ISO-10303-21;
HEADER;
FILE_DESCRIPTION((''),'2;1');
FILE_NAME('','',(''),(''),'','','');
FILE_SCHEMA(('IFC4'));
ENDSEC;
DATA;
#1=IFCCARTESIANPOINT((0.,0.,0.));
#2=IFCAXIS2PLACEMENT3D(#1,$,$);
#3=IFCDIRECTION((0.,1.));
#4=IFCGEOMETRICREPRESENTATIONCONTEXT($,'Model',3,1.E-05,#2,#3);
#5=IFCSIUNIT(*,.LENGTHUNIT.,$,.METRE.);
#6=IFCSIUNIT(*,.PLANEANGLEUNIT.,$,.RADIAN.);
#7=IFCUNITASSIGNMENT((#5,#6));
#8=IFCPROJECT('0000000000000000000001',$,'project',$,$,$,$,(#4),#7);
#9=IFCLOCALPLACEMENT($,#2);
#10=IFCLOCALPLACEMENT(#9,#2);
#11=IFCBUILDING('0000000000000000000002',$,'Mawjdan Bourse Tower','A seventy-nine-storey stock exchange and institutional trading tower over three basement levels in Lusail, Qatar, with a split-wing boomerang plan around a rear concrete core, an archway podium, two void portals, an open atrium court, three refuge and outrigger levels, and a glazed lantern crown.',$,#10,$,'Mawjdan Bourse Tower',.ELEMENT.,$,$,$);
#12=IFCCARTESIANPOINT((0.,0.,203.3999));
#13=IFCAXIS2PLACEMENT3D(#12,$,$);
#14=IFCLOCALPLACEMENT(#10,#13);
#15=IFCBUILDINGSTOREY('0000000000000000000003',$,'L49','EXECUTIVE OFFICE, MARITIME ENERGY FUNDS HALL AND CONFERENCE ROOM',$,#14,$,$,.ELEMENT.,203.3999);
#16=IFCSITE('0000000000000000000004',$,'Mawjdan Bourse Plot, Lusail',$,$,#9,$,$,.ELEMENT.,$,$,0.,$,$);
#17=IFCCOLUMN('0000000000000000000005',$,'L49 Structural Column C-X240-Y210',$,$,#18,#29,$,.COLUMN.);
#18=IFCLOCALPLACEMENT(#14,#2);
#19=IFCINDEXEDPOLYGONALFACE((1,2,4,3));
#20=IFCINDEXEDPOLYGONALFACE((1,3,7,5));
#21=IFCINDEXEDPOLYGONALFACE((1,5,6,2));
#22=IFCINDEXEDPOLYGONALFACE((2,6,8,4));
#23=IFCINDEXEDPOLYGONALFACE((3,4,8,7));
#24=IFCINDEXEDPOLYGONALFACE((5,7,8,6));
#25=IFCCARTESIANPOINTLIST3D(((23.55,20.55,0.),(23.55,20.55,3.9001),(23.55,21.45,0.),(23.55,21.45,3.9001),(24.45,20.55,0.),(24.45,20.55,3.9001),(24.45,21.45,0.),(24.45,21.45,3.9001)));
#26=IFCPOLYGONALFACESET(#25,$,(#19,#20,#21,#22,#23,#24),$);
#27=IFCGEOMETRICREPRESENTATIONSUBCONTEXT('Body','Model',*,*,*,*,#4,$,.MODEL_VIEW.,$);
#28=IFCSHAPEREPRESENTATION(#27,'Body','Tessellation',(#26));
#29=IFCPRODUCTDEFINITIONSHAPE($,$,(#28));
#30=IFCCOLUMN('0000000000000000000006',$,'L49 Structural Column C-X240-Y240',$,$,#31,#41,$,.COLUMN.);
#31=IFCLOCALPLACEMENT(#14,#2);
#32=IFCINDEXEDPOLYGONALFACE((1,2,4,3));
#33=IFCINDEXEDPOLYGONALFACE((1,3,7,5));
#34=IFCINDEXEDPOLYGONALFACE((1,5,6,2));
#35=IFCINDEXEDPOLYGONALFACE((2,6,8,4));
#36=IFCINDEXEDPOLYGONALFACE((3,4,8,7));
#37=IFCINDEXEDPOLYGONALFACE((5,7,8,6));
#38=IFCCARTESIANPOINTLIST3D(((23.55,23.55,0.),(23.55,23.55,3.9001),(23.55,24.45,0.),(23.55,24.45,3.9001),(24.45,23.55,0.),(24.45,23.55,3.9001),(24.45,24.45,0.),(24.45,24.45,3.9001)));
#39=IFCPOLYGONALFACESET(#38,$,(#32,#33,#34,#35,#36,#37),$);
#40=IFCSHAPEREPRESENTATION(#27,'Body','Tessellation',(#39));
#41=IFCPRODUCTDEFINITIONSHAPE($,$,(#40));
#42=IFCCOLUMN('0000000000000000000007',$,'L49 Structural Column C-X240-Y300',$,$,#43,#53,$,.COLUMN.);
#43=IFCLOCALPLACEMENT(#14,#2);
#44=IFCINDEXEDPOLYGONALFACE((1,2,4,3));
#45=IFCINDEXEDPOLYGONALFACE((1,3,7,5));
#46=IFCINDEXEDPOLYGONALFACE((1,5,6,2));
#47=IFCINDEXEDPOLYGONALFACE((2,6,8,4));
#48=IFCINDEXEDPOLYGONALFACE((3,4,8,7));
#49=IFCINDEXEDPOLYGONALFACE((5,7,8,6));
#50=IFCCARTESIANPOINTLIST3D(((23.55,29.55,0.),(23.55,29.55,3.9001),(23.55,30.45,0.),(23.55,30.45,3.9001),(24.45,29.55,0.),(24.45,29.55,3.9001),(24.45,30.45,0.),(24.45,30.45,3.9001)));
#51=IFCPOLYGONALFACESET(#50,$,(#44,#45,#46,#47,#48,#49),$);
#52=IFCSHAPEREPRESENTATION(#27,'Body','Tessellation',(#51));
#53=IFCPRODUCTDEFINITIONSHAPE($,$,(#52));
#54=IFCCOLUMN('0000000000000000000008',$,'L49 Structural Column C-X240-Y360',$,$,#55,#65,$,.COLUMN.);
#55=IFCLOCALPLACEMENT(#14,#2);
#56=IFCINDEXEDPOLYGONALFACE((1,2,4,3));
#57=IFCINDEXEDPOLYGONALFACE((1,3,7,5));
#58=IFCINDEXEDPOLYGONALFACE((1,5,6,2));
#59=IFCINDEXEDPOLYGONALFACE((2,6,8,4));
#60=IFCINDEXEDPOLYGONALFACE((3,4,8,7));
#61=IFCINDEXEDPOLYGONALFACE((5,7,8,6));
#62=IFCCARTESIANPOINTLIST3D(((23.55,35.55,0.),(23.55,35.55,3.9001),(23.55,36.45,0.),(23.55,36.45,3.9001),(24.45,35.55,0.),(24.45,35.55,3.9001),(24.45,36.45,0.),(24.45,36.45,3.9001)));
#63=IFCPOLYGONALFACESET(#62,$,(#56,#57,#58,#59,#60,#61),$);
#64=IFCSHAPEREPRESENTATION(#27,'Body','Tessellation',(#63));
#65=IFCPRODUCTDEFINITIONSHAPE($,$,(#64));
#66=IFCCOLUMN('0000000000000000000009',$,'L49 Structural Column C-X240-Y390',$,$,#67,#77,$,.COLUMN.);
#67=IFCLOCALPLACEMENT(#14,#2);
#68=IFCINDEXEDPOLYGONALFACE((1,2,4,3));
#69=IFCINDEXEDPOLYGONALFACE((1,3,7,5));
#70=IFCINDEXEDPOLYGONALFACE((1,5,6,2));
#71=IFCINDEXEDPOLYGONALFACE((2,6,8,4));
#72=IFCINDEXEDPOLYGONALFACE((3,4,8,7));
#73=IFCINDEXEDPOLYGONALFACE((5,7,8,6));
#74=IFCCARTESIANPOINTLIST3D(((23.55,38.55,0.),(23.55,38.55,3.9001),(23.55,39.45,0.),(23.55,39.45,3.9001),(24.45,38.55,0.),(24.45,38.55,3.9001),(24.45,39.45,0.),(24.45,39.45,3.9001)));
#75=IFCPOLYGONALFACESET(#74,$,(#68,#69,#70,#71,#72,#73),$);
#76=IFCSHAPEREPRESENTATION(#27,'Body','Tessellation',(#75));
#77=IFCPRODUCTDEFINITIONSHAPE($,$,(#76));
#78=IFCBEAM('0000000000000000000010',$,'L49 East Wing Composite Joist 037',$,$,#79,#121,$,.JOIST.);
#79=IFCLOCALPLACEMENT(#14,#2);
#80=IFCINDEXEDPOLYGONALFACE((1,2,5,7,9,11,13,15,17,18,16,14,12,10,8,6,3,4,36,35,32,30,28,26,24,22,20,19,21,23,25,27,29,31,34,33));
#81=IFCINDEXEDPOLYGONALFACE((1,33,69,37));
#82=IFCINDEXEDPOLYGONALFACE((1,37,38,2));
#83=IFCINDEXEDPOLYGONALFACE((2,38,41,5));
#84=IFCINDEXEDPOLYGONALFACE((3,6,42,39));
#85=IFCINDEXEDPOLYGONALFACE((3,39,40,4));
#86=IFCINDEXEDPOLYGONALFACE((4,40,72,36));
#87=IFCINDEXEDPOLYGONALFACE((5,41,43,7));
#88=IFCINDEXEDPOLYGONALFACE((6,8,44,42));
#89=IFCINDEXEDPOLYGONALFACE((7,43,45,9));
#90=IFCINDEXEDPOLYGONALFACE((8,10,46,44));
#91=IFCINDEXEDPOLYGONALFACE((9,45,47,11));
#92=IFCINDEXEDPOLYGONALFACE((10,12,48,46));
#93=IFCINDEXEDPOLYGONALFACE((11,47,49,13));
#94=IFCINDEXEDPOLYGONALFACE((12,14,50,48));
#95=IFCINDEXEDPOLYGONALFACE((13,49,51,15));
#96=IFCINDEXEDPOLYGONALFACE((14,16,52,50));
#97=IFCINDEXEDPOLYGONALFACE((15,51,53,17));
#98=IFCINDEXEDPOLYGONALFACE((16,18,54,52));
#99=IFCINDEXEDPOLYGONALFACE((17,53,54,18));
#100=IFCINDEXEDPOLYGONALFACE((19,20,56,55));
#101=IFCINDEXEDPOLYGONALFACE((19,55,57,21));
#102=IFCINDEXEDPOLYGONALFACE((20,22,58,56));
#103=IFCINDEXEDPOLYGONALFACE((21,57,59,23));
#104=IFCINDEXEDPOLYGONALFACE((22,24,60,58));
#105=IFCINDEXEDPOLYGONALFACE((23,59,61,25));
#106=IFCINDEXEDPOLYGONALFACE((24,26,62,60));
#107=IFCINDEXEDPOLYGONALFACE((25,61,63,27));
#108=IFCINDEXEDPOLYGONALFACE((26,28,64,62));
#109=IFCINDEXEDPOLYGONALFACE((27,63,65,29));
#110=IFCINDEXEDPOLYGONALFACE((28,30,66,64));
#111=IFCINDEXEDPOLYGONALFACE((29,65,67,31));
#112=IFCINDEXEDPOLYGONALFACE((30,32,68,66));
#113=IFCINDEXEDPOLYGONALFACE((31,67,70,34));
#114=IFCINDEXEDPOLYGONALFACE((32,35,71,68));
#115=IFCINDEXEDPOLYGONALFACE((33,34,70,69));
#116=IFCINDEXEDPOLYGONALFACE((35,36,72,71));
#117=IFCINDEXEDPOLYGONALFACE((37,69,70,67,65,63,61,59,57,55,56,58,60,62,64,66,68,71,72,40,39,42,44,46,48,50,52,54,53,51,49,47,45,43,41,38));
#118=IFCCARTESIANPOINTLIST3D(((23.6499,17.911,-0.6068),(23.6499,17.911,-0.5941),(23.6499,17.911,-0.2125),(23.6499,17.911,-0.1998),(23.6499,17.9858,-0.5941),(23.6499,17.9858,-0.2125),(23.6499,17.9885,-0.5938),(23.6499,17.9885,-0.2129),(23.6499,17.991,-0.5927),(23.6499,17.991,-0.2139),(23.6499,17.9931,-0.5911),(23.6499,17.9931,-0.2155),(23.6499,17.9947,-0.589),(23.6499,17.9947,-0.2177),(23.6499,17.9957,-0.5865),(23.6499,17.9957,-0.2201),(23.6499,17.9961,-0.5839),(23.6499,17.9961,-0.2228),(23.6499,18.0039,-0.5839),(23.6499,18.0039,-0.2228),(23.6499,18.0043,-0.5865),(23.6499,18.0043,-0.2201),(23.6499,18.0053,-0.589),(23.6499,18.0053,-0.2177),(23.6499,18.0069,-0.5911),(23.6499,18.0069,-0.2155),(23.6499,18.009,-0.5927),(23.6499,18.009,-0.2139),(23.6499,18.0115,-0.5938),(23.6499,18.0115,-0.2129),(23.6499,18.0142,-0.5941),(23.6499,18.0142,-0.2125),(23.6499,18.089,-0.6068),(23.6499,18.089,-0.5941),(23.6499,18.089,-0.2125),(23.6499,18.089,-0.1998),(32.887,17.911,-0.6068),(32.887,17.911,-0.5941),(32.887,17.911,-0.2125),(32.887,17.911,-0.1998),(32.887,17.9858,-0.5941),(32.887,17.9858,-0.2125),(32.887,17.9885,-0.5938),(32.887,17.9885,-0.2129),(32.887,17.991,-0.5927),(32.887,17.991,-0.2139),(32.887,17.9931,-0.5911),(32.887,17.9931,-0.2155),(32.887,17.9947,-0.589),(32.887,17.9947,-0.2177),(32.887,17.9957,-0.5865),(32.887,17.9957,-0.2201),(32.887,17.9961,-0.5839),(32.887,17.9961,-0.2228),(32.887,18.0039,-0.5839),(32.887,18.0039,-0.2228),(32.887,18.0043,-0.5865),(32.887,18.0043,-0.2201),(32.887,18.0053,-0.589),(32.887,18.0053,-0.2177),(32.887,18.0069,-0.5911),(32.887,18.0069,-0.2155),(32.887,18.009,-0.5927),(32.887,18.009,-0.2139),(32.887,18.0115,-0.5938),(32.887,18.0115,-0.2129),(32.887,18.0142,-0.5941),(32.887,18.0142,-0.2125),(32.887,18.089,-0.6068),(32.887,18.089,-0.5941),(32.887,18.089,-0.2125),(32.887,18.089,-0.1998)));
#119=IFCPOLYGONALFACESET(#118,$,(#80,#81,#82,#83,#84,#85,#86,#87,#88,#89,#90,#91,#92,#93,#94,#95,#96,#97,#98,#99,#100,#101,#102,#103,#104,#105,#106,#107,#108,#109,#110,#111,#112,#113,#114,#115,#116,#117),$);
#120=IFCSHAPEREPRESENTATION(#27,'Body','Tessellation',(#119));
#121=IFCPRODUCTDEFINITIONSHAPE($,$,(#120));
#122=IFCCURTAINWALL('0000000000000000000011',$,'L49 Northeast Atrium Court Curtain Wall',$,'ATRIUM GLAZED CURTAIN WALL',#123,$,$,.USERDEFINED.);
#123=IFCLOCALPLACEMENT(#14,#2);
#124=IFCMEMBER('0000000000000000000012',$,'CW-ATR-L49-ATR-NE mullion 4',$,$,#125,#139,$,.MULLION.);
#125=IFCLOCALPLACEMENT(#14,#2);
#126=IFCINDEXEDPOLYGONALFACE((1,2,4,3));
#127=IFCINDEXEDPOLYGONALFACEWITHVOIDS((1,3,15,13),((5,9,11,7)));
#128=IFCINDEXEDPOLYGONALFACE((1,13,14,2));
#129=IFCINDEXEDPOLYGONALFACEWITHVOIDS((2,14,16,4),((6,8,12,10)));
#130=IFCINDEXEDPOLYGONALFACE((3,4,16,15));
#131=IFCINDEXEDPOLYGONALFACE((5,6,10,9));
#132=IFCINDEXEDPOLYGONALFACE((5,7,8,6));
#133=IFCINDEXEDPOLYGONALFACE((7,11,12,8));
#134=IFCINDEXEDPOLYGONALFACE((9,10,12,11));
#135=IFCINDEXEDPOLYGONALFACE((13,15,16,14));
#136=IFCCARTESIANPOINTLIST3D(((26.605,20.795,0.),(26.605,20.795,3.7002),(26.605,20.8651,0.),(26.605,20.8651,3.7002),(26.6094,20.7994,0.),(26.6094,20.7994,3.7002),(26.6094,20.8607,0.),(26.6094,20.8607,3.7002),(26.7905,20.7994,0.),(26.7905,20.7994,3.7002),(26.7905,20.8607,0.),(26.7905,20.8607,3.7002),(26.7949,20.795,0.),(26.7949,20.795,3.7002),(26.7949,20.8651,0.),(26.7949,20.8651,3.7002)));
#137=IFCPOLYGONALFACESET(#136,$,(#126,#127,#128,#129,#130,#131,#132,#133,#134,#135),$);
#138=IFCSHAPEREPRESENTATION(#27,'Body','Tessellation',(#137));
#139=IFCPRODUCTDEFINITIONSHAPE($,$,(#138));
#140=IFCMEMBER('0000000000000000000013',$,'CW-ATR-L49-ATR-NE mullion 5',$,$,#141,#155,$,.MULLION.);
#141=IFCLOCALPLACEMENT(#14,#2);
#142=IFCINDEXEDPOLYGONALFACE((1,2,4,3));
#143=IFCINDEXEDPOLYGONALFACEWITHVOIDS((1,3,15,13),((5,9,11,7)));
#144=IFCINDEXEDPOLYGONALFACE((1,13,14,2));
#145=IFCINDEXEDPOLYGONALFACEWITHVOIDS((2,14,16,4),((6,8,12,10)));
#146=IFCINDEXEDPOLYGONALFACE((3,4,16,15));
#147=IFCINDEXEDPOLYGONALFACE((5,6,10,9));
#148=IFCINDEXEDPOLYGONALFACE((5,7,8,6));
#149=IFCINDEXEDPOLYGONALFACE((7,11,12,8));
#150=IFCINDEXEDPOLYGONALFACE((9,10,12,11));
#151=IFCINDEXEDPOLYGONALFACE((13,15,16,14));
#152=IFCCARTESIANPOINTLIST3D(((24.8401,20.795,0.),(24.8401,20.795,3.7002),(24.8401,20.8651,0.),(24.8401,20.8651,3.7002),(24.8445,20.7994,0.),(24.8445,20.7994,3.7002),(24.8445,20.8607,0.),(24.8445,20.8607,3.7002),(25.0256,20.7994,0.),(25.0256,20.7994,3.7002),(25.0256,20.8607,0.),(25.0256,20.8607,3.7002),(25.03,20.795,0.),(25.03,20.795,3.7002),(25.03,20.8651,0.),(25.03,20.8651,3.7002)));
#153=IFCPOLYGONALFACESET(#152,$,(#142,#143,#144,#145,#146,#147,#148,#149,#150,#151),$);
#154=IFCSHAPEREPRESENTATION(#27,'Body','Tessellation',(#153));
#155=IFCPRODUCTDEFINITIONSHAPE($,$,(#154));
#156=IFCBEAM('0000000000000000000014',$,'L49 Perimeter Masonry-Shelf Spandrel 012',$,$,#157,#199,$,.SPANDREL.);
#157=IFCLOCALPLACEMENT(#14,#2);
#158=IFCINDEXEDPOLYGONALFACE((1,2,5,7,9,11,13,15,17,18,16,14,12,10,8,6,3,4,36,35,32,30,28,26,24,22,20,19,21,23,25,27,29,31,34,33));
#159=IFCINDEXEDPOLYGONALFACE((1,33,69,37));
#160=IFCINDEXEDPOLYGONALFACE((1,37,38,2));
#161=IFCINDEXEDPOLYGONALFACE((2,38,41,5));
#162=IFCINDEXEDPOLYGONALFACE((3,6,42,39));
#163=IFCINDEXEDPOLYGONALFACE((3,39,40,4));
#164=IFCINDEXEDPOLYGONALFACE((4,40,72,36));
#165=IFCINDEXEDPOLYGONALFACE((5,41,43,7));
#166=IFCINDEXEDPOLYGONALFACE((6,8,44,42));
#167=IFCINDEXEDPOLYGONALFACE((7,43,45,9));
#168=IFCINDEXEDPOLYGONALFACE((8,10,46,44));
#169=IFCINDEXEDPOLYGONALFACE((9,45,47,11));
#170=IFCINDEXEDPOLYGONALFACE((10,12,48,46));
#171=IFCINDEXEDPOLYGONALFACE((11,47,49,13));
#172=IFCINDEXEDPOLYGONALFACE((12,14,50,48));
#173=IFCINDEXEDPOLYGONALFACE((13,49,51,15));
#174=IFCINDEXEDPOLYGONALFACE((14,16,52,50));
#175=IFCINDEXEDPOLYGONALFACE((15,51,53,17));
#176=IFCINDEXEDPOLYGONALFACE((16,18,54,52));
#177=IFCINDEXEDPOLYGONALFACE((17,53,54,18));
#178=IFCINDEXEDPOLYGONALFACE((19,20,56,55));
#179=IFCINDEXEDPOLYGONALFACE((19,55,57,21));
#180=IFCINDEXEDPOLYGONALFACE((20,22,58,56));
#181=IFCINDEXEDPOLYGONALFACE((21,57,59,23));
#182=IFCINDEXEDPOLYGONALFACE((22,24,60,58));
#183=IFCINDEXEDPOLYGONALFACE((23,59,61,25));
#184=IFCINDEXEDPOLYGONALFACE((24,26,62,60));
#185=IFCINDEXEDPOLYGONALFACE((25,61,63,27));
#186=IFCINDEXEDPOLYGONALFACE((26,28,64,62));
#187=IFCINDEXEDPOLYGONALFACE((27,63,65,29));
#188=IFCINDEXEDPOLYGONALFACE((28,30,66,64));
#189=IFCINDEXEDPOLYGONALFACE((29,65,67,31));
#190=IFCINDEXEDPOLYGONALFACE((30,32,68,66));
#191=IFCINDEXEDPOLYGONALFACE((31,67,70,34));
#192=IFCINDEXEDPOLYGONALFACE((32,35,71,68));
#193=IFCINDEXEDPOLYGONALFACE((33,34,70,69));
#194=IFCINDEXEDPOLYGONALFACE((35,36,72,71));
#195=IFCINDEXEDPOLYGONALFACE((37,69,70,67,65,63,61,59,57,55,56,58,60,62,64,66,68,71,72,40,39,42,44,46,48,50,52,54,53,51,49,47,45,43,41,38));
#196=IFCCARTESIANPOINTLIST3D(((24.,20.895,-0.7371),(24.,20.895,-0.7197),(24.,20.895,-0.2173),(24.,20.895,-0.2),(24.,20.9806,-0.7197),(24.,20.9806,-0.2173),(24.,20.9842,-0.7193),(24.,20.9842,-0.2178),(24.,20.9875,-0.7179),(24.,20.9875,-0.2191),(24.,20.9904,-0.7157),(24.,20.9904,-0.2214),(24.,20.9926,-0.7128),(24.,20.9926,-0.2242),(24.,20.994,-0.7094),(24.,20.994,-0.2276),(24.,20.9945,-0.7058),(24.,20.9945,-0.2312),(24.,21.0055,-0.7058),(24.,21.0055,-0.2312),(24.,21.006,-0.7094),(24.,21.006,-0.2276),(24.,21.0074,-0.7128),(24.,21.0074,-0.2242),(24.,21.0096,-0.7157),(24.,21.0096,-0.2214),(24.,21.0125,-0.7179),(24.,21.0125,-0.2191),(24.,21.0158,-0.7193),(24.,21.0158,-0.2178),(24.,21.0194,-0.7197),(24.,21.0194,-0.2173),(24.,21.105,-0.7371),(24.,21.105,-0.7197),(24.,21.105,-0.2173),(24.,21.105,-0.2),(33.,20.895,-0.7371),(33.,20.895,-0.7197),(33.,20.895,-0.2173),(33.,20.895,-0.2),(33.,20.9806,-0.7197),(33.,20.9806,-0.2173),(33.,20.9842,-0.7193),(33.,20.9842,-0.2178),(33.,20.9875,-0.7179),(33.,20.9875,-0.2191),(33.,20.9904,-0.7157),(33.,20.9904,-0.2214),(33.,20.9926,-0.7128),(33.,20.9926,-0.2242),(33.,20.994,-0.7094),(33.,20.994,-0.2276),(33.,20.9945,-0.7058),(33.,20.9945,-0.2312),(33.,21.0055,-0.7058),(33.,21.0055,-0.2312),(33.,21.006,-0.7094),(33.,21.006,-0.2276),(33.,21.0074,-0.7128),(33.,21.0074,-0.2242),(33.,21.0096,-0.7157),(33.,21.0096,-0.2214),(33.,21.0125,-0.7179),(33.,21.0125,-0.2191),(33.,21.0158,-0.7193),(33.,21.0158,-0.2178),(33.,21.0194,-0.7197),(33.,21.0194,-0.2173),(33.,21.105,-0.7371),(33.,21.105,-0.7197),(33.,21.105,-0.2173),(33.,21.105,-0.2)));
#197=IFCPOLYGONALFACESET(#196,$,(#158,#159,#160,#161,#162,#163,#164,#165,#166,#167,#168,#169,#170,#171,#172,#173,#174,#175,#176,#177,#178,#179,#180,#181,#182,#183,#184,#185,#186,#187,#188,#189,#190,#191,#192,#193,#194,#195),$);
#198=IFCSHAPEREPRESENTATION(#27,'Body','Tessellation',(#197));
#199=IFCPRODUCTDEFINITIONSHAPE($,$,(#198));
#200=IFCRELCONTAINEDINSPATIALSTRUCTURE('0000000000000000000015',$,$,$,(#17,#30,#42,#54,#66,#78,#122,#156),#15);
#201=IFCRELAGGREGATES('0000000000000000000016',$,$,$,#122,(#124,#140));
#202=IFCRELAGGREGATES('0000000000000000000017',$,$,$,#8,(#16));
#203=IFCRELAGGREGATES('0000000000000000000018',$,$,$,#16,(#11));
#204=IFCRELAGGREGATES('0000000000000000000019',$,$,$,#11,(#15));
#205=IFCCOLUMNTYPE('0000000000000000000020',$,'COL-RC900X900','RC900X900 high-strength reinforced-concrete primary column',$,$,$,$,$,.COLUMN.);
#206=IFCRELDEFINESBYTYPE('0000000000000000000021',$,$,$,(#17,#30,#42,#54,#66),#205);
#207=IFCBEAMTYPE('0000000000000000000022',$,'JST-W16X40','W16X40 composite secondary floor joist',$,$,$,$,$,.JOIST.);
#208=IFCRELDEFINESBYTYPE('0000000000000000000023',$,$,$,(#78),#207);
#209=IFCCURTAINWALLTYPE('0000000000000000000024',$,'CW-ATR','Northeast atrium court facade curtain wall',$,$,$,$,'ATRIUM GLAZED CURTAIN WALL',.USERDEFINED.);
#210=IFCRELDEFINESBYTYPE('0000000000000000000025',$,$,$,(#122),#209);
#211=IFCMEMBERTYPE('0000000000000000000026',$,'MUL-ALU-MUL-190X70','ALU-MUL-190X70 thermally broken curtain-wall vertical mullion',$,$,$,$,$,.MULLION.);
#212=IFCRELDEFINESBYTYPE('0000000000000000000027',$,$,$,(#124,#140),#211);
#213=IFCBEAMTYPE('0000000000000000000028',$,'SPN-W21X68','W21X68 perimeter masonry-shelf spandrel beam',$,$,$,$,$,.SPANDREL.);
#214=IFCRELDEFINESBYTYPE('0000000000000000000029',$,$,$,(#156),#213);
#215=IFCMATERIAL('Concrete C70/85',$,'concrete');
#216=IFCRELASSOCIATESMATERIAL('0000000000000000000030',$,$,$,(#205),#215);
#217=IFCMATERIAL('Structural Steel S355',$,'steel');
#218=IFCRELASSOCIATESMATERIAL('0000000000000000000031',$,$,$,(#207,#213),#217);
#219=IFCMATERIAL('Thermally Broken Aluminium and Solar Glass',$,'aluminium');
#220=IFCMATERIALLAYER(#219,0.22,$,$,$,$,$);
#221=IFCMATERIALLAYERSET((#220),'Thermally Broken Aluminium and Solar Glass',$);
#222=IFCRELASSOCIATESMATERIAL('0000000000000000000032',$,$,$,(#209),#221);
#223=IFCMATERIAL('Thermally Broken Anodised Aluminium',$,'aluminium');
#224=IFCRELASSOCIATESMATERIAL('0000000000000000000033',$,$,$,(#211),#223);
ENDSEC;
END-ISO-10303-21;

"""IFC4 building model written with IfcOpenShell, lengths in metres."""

from ifc_helpers import new_model, si_unit, direction, frame, origin, origin_2d, place, context, subcontext, project, spatial, rectangle, hollow_rectangle, i_section, extrude, material, layer, layer_set, material_profile, profile_set, type_object, element, aggregate, save


model = new_model("IFC4")

# Units and contexts
model_context = context("Model", 3, precision=1e-05, world=origin(), true_north=direction((0.0, 1.0)))
body_context = subcontext(model_context, "Body", "Model", "MODEL_VIEW")
ifc_project = project(units=[si_unit("LENGTHUNIT", "METRE"), si_unit("PLANEANGLEUNIT", "RADIAN")], contexts=[model_context])

# Site, building, storey
site_placement = place(None, origin())
site = spatial("IfcSite", under=ifc_project, at=site_placement, Name="Mawjdan Bourse Plot, Lusail", CompositionType="ELEMENT", RefElevation=0.0)
building_placement = place(site_placement, origin())
building = spatial("IfcBuilding", under=site, at=building_placement, Name="Mawjdan Bourse Tower", Description="A seventy-nine-storey stock exchange and institutional trading tower over three basement levels in Lusail, Qatar, with a split-wing boomerang plan around a rear concrete core, an archway podium, two void portals, an open atrium court, three refuge and outrigger levels, and a glazed lantern crown.", LongName="Mawjdan Bourse Tower", CompositionType="ELEMENT")
storey_placement = place(building_placement, frame((0.0, 0.0, 203.3999)))
storey = spatial("IfcBuildingStorey", under=building, at=storey_placement, Name="L49", Description="EXECUTIVE OFFICE, MARITIME ENERGY FUNDS HALL AND CONFERENCE ROOM", CompositionType="ELEMENT", Elevation=203.3999)

# Columns
ifc_material_1 = material(Name="Concrete C70/85", Category="concrete")
ifc_material_profile_1 = material_profile(ifc_material_1, rectangle(XDim=0.8999, YDim=0.8999, at=origin_2d()), Name="RC900X900")
ifc_profile_set_1 = profile_set([ifc_material_profile_1], Name="Concrete C70/85")
column_type = type_object("IfcColumnType", Name="COL-RC900X900", Description="RC900X900 high-strength reinforced-concrete primary column", PredefinedType="COLUMN", material=ifc_profile_set_1)
for number, where, z_axis, x_axis, name in (
    (1, (24.0, 21.0, 0.0), (0.0, 0.0, 1.0), (1.0, 0.0, 0.0), "L49 Structural Column C-X240-Y210"),
    (2, (24.0, 24.0, 0.0), (0.0, 0.0, 1.0), (1.0, 0.0, 0.0), "L49 Structural Column C-X240-Y240"),
    (3, (24.0, 30.0, 0.0), (0.0, 0.0, 1.0), (1.0, 0.0, 0.0), "L49 Structural Column C-X240-Y300"),
    (4, (24.0, 36.0, 0.0), (0.0, 0.0, 1.0), (1.0, 0.0, 0.0), "L49 Structural Column C-X240-Y360"),
    (5, (24.0, 39.0, 0.0), (0.0, 0.0, 1.0), (1.0, 0.0, 0.0), "L49 Structural Column C-X240-Y390"),
):
    element("IfcColumn", number, at=place(storey_placement, frame(where, z_axis=z_axis, x_axis=x_axis)), inside=storey, type_object=column_type, Name=name, PredefinedType="COLUMN", context=body_context, shape_type="SweptSolid", body=[
        extrude(rectangle(XDim=0.8999, YDim=0.8999, at=origin_2d()), origin(), (0.0, 0.0, 1.0), 3.9001),
    ])

# Beam
ifc_material_2 = material(Name="Structural Steel S355", Category="steel")
ifc_material_profile_2 = material_profile(ifc_material_2, i_section(OverallWidth=0.178, OverallDepth=0.407, WebThickness=0.0078, FlangeThickness=0.0127, FilletRadius=0.0103, at=origin_2d()), Name="W16X40")
ifc_profile_set_2 = profile_set([ifc_material_profile_2], Name="Structural Steel S355")
beam_type_1 = type_object("IfcBeamType", Name="JST-W16X40", Description="W16X40 composite secondary floor joist", PredefinedType="JOIST", material=ifc_profile_set_2)
beam_1_placement = place(storey_placement, frame((23.6499, 18.0, -0.4033), z_axis=(1.0, 0.0, 0.0), x_axis=(0.0, 1.0, 0.0)))
element("IfcBeam", 6, at=beam_1_placement, inside=storey, type_object=beam_type_1, Name="L49 East Wing Composite Joist 037", PredefinedType="JOIST", context=body_context, shape_type="SweptSolid", body=[
    extrude(i_section(OverallWidth=0.178, OverallDepth=0.407, WebThickness=0.0078, FlangeThickness=0.0127, FilletRadius=0.0103, at=origin_2d()), origin(), (0.0, 0.0, 1.0), 9.2371),
])

# Curtain wall, members
ifc_material_3 = material(Name="Thermally Broken Aluminium and Solar Glass", Category="aluminium")
ifc_layer_1 = layer(ifc_material_3, 0.22)
ifc_layer_set_1 = layer_set([ifc_layer_1], Name="Thermally Broken Aluminium and Solar Glass")
curtain_wall_type = type_object("IfcCurtainWallType", Name="CW-ATR", Description="Northeast atrium court facade curtain wall", ElementType="ATRIUM GLAZED CURTAIN WALL", PredefinedType="USERDEFINED", material=ifc_layer_set_1)
curtain_wall_placement = place(storey_placement, origin())
curtain_wall = element("IfcCurtainWall", 7, at=curtain_wall_placement, inside=storey, type_object=curtain_wall_type, Name="L49 Northeast Atrium Court Curtain Wall", ObjectType="ATRIUM GLAZED CURTAIN WALL", PredefinedType="USERDEFINED")
ifc_material_4 = material(Name="Thermally Broken Anodised Aluminium", Category="aluminium")
ifc_material_profile_3 = material_profile(ifc_material_4, hollow_rectangle(XDim=0.0701, YDim=0.1899, WallThickness=0.0044, at=origin_2d()), Name="ALU-MUL-190X70")
ifc_profile_set_3 = profile_set([ifc_material_profile_3], Name="Thermally Broken Anodised Aluminium")
member_type_1 = type_object("IfcMemberType", Name="MUL-ALU-MUL-190X70", Description="ALU-MUL-190X70 thermally broken curtain-wall vertical mullion", PredefinedType="MULLION", material=ifc_profile_set_3)
member_1_placement = place(storey_placement, frame((26.7, 20.8301, 0.0), z_axis=(0.0, 0.0, 1.0), x_axis=(0.0, -1.0, 0.0)))
member_1 = element("IfcMember", 8, at=member_1_placement, type_object=member_type_1, Name="CW-ATR-L49-ATR-NE mullion 4", PredefinedType="MULLION", context=body_context, shape_type="SweptSolid", body=[
    extrude(hollow_rectangle(XDim=0.0701, YDim=0.1899, WallThickness=0.0044, at=origin_2d()), origin(), (0.0, 0.0, 1.0), 3.7002),
])
member_2_placement = place(storey_placement, frame((24.9351, 20.8301, 0.0), z_axis=(0.0, 0.0, 1.0), x_axis=(0.0, -1.0, 0.0)))
member_2 = element("IfcMember", 9, at=member_2_placement, type_object=member_type_1, Name="CW-ATR-L49-ATR-NE mullion 5", PredefinedType="MULLION", context=body_context, shape_type="SweptSolid", body=[
    extrude(hollow_rectangle(XDim=0.0701, YDim=0.1899, WallThickness=0.0044, at=origin_2d()), origin(), (0.0, 0.0, 1.0), 3.7002),
])

# Beam
ifc_material_profile_4 = material_profile(ifc_material_2, i_section(OverallWidth=0.21, OverallDepth=0.5371, WebThickness=0.011, FlangeThickness=0.0173, FilletRadius=0.0139, at=origin_2d()), Name="W21X68")
ifc_profile_set_4 = profile_set([ifc_material_profile_4], Name="Structural Steel S355")
beam_type_2 = type_object("IfcBeamType", Name="SPN-W21X68", Description="W21X68 perimeter masonry-shelf spandrel beam", PredefinedType="SPANDREL", material=ifc_profile_set_4)
beam_2_placement = place(storey_placement, frame((24.0, 21.0, -0.4685), z_axis=(1.0, 0.0, 0.0), x_axis=(0.0, 1.0, 0.0)))
element("IfcBeam", 10, at=beam_2_placement, inside=storey, type_object=beam_type_2, Name="L49 Perimeter Masonry-Shelf Spandrel 012", PredefinedType="SPANDREL", context=body_context, shape_type="SweptSolid", body=[
    extrude(i_section(OverallWidth=0.21, OverallDepth=0.5371, WebThickness=0.011, FlangeThickness=0.0173, FilletRadius=0.0139, at=origin_2d()), origin(), (0.0, 0.0, 1.0), 9.0),
])

aggregate(curtain_wall, [member_1, member_2])

save(model, "model.ifc")
